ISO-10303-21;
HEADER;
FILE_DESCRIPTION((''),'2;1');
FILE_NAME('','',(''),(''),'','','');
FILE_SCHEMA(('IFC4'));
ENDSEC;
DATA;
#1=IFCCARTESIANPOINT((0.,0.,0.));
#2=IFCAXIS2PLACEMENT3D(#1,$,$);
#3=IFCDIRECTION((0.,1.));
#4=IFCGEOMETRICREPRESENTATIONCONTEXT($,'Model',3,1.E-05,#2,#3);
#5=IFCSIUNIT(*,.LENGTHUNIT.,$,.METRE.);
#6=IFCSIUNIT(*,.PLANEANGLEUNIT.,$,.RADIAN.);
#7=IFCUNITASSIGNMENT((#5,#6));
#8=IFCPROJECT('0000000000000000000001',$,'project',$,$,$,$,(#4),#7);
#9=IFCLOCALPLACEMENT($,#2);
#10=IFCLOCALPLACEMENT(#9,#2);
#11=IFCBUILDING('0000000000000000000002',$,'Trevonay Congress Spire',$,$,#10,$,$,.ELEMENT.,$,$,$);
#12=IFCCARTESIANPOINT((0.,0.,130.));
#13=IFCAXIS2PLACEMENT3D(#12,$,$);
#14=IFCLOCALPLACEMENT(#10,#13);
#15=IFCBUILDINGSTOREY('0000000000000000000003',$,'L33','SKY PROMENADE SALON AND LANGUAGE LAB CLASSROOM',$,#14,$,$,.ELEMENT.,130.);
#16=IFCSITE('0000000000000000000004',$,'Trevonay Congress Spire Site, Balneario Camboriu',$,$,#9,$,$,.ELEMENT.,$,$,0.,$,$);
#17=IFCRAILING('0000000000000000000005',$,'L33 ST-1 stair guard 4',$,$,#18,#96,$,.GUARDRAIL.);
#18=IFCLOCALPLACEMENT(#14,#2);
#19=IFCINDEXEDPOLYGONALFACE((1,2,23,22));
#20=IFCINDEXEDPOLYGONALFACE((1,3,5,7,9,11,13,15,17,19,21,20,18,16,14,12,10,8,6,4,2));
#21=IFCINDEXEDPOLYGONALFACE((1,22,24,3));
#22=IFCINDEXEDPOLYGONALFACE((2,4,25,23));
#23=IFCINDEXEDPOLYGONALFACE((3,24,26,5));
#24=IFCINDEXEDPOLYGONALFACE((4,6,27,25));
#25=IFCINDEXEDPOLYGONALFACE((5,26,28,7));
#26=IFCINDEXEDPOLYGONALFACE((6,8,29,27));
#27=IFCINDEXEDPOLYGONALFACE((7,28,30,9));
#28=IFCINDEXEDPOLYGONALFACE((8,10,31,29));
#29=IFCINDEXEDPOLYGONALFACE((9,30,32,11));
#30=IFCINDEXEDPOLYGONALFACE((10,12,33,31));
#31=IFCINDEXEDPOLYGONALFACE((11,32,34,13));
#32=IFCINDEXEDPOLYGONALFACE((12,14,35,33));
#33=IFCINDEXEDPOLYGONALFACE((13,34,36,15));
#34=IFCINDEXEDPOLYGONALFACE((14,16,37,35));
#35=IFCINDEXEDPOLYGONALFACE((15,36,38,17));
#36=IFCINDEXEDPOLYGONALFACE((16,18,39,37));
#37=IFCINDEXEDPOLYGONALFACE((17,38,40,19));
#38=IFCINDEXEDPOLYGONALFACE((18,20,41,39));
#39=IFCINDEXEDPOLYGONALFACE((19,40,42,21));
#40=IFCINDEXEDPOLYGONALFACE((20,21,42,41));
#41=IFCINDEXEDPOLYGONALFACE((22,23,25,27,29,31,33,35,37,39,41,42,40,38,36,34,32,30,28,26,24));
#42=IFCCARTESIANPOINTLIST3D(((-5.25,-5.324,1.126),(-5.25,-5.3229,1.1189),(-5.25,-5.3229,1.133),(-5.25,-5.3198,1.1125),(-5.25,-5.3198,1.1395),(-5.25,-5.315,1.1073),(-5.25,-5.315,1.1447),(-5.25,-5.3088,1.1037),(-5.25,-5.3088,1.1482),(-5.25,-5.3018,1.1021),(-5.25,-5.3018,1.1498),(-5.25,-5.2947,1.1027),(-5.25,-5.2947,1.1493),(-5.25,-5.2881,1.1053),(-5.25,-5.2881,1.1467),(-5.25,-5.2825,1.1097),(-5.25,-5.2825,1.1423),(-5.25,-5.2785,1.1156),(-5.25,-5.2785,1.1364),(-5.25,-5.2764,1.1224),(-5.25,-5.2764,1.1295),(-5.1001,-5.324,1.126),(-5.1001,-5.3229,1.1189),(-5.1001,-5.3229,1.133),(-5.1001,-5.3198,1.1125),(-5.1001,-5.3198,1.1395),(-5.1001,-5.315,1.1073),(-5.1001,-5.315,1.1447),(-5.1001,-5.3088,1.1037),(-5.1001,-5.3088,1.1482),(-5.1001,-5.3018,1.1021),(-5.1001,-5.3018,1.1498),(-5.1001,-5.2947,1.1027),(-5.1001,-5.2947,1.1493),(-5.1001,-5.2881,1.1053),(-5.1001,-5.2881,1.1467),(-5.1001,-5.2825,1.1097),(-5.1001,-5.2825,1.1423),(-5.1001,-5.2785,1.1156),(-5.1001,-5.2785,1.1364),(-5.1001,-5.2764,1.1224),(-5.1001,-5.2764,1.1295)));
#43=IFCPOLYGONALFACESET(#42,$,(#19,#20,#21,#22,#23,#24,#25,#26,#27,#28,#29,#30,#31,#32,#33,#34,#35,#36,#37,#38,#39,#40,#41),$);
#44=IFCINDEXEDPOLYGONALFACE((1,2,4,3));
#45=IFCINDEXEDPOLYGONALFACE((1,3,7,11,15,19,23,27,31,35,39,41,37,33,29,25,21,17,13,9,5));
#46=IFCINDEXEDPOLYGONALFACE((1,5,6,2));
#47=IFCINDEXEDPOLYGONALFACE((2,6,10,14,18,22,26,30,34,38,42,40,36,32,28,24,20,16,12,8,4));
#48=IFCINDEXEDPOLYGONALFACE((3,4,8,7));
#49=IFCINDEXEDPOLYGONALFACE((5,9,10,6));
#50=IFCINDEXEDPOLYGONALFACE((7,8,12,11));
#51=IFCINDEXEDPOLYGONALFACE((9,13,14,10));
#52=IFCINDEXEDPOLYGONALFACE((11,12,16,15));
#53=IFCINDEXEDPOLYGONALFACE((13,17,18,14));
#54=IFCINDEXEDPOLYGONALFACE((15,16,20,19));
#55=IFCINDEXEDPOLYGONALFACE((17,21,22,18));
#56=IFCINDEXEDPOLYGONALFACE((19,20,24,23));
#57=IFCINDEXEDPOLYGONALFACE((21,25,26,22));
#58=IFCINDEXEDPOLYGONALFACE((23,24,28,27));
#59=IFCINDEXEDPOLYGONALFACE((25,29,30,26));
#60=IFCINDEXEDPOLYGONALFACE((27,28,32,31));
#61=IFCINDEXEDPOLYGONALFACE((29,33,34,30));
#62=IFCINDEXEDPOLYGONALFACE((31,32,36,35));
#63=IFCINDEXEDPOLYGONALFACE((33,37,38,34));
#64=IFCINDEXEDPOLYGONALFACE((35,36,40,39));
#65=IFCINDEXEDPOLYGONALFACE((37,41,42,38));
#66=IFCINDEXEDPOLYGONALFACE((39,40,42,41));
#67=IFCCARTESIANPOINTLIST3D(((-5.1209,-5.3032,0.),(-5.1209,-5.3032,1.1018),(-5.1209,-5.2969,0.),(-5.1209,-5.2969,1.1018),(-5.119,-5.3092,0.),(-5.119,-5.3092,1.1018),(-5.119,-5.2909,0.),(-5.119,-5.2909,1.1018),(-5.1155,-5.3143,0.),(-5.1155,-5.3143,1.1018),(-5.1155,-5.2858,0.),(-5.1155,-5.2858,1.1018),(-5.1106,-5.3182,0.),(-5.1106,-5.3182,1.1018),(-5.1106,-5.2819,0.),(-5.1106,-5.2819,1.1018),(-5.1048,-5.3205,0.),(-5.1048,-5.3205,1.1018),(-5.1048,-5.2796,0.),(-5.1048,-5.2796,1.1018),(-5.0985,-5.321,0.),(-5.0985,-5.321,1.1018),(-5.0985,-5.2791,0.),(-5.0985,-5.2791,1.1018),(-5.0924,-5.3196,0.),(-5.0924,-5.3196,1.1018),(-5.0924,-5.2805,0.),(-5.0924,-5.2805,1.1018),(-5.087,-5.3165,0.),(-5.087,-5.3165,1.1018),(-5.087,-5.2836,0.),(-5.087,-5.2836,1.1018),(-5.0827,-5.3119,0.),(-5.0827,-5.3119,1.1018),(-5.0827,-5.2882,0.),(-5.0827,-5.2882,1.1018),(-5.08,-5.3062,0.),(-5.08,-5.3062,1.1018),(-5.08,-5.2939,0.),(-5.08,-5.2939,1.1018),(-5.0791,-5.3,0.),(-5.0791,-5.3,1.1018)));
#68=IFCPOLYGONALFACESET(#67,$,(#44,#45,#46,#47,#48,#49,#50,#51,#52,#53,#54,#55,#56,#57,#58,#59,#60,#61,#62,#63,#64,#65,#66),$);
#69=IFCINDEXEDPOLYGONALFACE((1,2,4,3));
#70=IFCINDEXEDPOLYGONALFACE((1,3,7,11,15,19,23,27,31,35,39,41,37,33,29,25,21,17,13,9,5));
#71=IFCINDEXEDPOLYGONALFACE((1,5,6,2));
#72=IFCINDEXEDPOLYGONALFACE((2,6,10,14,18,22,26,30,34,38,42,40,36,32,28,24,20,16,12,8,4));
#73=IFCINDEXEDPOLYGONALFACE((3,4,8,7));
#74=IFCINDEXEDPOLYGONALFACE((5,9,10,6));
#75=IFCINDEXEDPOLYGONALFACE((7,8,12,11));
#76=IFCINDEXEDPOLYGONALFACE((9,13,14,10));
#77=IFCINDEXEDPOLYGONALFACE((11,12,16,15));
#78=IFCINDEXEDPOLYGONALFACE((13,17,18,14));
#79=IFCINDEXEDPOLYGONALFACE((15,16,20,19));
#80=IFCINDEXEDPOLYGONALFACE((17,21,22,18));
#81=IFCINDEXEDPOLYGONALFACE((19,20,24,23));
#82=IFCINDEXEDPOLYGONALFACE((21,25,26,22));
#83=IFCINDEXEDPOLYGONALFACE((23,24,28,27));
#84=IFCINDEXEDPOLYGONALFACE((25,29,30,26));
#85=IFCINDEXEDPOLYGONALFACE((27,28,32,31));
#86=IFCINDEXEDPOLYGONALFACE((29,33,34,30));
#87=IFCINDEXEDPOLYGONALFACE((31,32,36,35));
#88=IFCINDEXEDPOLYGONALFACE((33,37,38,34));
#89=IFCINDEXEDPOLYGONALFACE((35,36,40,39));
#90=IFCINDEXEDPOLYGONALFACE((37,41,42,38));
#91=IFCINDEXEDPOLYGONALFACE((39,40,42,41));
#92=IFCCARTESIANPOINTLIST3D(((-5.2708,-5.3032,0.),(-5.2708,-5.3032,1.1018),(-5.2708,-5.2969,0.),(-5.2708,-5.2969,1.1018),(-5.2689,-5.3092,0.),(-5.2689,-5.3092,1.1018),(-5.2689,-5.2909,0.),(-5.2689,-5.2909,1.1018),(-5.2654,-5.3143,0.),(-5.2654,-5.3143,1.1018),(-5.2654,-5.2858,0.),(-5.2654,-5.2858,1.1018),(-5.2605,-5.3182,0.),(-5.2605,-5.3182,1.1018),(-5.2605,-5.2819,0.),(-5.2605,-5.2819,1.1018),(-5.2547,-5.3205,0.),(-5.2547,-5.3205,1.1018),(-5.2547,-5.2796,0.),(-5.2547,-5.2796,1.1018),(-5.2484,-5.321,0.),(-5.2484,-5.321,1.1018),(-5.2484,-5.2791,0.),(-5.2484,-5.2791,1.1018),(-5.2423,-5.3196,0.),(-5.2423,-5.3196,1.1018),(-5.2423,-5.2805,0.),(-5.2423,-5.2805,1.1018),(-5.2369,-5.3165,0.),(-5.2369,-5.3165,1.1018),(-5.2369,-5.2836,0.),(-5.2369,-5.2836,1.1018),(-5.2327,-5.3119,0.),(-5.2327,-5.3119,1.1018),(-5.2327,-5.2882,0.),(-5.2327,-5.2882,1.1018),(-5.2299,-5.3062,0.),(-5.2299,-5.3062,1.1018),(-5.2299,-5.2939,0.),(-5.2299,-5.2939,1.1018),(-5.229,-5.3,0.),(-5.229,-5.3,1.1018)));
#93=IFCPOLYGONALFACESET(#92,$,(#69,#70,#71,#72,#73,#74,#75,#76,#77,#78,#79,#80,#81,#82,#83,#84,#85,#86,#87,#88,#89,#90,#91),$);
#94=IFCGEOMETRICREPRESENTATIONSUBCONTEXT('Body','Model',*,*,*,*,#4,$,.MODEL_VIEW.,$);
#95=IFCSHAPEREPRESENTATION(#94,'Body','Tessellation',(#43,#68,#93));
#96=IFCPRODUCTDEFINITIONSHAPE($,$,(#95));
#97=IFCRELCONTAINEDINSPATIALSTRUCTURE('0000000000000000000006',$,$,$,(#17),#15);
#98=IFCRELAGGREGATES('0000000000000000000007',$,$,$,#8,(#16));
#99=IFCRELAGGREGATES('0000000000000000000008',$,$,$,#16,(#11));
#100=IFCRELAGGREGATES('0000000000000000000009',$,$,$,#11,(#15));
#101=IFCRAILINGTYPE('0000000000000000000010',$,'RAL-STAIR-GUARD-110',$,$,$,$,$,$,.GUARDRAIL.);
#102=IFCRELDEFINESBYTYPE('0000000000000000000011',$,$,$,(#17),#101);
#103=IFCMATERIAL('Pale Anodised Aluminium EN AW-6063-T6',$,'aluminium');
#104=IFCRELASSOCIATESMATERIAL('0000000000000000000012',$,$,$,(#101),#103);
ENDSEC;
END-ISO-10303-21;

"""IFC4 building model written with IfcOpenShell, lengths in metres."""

from ifc_helpers import new_model, si_unit, direction, frame, origin, origin_2d, place, context, subcontext, project, spatial, circle, extrude, material, type_object, element, save


model = new_model("IFC4")

# Units and contexts
model_context = context("Model", 3, precision=1e-05, world=origin(), true_north=direction((0.0, 1.0)))
body_context = subcontext(model_context, "Body", "Model", "MODEL_VIEW")
ifc_project = project(units=[si_unit("LENGTHUNIT", "METRE"), si_unit("PLANEANGLEUNIT", "RADIAN")], contexts=[model_context])

# Site, building, storey
site_placement = place(None, origin())
site = spatial("IfcSite", under=ifc_project, at=site_placement, Name="Trevonay Congress Spire Site, Balneario Camboriu", CompositionType="ELEMENT", RefElevation=0.0)
building_placement = place(site_placement, origin())
building = spatial("IfcBuilding", under=site, at=building_placement, Name="Trevonay Congress Spire", CompositionType="ELEMENT")
storey_placement = place(building_placement, frame((0.0, 0.0, 130.0)))
storey = spatial("IfcBuildingStorey", under=building, at=storey_placement, Name="L33", Description="SKY PROMENADE SALON AND LANGUAGE LAB CLASSROOM", CompositionType="ELEMENT", Elevation=130.0)

# Shared definitions
ifc_material_1 = material(Name="Pale Anodised Aluminium EN AW-6063-T6", Category="aluminium")

# Railing
railing_type_1 = type_object("IfcRailingType", Name="RAL-STAIR-GUARD-110", PredefinedType="GUARDRAIL", material=ifc_material_1)
railing_1_placement = place(storey_placement, frame((-5.1001, -5.3, 0.0)))
element("IfcRailing", 1, at=railing_1_placement, inside=storey, type_object=railing_type_1, Name="L33 ST-1 stair guard 4", PredefinedType="GUARDRAIL", context=body_context, shape_type="SweptSolid", body=[
    extrude(circle(Radius=0.0239, at=origin_2d()), frame((0.0, 0.0, 1.126), z_axis=(-1.0, 0.0, 0.0), x_axis=(0.0, -1.0, 0.0)), (0.0, 0.0, 1.0), 0.1499),
    extrude(circle(Radius=0.021, at=origin_2d()), origin(), (0.0, 0.0, 1.0), 1.1018),
    extrude(circle(Radius=0.021, at=origin_2d()), frame((-0.1499, 0.0, 0.0)), (0.0, 0.0, 1.0), 1.1018),
])

save(model, "model.ifc")
